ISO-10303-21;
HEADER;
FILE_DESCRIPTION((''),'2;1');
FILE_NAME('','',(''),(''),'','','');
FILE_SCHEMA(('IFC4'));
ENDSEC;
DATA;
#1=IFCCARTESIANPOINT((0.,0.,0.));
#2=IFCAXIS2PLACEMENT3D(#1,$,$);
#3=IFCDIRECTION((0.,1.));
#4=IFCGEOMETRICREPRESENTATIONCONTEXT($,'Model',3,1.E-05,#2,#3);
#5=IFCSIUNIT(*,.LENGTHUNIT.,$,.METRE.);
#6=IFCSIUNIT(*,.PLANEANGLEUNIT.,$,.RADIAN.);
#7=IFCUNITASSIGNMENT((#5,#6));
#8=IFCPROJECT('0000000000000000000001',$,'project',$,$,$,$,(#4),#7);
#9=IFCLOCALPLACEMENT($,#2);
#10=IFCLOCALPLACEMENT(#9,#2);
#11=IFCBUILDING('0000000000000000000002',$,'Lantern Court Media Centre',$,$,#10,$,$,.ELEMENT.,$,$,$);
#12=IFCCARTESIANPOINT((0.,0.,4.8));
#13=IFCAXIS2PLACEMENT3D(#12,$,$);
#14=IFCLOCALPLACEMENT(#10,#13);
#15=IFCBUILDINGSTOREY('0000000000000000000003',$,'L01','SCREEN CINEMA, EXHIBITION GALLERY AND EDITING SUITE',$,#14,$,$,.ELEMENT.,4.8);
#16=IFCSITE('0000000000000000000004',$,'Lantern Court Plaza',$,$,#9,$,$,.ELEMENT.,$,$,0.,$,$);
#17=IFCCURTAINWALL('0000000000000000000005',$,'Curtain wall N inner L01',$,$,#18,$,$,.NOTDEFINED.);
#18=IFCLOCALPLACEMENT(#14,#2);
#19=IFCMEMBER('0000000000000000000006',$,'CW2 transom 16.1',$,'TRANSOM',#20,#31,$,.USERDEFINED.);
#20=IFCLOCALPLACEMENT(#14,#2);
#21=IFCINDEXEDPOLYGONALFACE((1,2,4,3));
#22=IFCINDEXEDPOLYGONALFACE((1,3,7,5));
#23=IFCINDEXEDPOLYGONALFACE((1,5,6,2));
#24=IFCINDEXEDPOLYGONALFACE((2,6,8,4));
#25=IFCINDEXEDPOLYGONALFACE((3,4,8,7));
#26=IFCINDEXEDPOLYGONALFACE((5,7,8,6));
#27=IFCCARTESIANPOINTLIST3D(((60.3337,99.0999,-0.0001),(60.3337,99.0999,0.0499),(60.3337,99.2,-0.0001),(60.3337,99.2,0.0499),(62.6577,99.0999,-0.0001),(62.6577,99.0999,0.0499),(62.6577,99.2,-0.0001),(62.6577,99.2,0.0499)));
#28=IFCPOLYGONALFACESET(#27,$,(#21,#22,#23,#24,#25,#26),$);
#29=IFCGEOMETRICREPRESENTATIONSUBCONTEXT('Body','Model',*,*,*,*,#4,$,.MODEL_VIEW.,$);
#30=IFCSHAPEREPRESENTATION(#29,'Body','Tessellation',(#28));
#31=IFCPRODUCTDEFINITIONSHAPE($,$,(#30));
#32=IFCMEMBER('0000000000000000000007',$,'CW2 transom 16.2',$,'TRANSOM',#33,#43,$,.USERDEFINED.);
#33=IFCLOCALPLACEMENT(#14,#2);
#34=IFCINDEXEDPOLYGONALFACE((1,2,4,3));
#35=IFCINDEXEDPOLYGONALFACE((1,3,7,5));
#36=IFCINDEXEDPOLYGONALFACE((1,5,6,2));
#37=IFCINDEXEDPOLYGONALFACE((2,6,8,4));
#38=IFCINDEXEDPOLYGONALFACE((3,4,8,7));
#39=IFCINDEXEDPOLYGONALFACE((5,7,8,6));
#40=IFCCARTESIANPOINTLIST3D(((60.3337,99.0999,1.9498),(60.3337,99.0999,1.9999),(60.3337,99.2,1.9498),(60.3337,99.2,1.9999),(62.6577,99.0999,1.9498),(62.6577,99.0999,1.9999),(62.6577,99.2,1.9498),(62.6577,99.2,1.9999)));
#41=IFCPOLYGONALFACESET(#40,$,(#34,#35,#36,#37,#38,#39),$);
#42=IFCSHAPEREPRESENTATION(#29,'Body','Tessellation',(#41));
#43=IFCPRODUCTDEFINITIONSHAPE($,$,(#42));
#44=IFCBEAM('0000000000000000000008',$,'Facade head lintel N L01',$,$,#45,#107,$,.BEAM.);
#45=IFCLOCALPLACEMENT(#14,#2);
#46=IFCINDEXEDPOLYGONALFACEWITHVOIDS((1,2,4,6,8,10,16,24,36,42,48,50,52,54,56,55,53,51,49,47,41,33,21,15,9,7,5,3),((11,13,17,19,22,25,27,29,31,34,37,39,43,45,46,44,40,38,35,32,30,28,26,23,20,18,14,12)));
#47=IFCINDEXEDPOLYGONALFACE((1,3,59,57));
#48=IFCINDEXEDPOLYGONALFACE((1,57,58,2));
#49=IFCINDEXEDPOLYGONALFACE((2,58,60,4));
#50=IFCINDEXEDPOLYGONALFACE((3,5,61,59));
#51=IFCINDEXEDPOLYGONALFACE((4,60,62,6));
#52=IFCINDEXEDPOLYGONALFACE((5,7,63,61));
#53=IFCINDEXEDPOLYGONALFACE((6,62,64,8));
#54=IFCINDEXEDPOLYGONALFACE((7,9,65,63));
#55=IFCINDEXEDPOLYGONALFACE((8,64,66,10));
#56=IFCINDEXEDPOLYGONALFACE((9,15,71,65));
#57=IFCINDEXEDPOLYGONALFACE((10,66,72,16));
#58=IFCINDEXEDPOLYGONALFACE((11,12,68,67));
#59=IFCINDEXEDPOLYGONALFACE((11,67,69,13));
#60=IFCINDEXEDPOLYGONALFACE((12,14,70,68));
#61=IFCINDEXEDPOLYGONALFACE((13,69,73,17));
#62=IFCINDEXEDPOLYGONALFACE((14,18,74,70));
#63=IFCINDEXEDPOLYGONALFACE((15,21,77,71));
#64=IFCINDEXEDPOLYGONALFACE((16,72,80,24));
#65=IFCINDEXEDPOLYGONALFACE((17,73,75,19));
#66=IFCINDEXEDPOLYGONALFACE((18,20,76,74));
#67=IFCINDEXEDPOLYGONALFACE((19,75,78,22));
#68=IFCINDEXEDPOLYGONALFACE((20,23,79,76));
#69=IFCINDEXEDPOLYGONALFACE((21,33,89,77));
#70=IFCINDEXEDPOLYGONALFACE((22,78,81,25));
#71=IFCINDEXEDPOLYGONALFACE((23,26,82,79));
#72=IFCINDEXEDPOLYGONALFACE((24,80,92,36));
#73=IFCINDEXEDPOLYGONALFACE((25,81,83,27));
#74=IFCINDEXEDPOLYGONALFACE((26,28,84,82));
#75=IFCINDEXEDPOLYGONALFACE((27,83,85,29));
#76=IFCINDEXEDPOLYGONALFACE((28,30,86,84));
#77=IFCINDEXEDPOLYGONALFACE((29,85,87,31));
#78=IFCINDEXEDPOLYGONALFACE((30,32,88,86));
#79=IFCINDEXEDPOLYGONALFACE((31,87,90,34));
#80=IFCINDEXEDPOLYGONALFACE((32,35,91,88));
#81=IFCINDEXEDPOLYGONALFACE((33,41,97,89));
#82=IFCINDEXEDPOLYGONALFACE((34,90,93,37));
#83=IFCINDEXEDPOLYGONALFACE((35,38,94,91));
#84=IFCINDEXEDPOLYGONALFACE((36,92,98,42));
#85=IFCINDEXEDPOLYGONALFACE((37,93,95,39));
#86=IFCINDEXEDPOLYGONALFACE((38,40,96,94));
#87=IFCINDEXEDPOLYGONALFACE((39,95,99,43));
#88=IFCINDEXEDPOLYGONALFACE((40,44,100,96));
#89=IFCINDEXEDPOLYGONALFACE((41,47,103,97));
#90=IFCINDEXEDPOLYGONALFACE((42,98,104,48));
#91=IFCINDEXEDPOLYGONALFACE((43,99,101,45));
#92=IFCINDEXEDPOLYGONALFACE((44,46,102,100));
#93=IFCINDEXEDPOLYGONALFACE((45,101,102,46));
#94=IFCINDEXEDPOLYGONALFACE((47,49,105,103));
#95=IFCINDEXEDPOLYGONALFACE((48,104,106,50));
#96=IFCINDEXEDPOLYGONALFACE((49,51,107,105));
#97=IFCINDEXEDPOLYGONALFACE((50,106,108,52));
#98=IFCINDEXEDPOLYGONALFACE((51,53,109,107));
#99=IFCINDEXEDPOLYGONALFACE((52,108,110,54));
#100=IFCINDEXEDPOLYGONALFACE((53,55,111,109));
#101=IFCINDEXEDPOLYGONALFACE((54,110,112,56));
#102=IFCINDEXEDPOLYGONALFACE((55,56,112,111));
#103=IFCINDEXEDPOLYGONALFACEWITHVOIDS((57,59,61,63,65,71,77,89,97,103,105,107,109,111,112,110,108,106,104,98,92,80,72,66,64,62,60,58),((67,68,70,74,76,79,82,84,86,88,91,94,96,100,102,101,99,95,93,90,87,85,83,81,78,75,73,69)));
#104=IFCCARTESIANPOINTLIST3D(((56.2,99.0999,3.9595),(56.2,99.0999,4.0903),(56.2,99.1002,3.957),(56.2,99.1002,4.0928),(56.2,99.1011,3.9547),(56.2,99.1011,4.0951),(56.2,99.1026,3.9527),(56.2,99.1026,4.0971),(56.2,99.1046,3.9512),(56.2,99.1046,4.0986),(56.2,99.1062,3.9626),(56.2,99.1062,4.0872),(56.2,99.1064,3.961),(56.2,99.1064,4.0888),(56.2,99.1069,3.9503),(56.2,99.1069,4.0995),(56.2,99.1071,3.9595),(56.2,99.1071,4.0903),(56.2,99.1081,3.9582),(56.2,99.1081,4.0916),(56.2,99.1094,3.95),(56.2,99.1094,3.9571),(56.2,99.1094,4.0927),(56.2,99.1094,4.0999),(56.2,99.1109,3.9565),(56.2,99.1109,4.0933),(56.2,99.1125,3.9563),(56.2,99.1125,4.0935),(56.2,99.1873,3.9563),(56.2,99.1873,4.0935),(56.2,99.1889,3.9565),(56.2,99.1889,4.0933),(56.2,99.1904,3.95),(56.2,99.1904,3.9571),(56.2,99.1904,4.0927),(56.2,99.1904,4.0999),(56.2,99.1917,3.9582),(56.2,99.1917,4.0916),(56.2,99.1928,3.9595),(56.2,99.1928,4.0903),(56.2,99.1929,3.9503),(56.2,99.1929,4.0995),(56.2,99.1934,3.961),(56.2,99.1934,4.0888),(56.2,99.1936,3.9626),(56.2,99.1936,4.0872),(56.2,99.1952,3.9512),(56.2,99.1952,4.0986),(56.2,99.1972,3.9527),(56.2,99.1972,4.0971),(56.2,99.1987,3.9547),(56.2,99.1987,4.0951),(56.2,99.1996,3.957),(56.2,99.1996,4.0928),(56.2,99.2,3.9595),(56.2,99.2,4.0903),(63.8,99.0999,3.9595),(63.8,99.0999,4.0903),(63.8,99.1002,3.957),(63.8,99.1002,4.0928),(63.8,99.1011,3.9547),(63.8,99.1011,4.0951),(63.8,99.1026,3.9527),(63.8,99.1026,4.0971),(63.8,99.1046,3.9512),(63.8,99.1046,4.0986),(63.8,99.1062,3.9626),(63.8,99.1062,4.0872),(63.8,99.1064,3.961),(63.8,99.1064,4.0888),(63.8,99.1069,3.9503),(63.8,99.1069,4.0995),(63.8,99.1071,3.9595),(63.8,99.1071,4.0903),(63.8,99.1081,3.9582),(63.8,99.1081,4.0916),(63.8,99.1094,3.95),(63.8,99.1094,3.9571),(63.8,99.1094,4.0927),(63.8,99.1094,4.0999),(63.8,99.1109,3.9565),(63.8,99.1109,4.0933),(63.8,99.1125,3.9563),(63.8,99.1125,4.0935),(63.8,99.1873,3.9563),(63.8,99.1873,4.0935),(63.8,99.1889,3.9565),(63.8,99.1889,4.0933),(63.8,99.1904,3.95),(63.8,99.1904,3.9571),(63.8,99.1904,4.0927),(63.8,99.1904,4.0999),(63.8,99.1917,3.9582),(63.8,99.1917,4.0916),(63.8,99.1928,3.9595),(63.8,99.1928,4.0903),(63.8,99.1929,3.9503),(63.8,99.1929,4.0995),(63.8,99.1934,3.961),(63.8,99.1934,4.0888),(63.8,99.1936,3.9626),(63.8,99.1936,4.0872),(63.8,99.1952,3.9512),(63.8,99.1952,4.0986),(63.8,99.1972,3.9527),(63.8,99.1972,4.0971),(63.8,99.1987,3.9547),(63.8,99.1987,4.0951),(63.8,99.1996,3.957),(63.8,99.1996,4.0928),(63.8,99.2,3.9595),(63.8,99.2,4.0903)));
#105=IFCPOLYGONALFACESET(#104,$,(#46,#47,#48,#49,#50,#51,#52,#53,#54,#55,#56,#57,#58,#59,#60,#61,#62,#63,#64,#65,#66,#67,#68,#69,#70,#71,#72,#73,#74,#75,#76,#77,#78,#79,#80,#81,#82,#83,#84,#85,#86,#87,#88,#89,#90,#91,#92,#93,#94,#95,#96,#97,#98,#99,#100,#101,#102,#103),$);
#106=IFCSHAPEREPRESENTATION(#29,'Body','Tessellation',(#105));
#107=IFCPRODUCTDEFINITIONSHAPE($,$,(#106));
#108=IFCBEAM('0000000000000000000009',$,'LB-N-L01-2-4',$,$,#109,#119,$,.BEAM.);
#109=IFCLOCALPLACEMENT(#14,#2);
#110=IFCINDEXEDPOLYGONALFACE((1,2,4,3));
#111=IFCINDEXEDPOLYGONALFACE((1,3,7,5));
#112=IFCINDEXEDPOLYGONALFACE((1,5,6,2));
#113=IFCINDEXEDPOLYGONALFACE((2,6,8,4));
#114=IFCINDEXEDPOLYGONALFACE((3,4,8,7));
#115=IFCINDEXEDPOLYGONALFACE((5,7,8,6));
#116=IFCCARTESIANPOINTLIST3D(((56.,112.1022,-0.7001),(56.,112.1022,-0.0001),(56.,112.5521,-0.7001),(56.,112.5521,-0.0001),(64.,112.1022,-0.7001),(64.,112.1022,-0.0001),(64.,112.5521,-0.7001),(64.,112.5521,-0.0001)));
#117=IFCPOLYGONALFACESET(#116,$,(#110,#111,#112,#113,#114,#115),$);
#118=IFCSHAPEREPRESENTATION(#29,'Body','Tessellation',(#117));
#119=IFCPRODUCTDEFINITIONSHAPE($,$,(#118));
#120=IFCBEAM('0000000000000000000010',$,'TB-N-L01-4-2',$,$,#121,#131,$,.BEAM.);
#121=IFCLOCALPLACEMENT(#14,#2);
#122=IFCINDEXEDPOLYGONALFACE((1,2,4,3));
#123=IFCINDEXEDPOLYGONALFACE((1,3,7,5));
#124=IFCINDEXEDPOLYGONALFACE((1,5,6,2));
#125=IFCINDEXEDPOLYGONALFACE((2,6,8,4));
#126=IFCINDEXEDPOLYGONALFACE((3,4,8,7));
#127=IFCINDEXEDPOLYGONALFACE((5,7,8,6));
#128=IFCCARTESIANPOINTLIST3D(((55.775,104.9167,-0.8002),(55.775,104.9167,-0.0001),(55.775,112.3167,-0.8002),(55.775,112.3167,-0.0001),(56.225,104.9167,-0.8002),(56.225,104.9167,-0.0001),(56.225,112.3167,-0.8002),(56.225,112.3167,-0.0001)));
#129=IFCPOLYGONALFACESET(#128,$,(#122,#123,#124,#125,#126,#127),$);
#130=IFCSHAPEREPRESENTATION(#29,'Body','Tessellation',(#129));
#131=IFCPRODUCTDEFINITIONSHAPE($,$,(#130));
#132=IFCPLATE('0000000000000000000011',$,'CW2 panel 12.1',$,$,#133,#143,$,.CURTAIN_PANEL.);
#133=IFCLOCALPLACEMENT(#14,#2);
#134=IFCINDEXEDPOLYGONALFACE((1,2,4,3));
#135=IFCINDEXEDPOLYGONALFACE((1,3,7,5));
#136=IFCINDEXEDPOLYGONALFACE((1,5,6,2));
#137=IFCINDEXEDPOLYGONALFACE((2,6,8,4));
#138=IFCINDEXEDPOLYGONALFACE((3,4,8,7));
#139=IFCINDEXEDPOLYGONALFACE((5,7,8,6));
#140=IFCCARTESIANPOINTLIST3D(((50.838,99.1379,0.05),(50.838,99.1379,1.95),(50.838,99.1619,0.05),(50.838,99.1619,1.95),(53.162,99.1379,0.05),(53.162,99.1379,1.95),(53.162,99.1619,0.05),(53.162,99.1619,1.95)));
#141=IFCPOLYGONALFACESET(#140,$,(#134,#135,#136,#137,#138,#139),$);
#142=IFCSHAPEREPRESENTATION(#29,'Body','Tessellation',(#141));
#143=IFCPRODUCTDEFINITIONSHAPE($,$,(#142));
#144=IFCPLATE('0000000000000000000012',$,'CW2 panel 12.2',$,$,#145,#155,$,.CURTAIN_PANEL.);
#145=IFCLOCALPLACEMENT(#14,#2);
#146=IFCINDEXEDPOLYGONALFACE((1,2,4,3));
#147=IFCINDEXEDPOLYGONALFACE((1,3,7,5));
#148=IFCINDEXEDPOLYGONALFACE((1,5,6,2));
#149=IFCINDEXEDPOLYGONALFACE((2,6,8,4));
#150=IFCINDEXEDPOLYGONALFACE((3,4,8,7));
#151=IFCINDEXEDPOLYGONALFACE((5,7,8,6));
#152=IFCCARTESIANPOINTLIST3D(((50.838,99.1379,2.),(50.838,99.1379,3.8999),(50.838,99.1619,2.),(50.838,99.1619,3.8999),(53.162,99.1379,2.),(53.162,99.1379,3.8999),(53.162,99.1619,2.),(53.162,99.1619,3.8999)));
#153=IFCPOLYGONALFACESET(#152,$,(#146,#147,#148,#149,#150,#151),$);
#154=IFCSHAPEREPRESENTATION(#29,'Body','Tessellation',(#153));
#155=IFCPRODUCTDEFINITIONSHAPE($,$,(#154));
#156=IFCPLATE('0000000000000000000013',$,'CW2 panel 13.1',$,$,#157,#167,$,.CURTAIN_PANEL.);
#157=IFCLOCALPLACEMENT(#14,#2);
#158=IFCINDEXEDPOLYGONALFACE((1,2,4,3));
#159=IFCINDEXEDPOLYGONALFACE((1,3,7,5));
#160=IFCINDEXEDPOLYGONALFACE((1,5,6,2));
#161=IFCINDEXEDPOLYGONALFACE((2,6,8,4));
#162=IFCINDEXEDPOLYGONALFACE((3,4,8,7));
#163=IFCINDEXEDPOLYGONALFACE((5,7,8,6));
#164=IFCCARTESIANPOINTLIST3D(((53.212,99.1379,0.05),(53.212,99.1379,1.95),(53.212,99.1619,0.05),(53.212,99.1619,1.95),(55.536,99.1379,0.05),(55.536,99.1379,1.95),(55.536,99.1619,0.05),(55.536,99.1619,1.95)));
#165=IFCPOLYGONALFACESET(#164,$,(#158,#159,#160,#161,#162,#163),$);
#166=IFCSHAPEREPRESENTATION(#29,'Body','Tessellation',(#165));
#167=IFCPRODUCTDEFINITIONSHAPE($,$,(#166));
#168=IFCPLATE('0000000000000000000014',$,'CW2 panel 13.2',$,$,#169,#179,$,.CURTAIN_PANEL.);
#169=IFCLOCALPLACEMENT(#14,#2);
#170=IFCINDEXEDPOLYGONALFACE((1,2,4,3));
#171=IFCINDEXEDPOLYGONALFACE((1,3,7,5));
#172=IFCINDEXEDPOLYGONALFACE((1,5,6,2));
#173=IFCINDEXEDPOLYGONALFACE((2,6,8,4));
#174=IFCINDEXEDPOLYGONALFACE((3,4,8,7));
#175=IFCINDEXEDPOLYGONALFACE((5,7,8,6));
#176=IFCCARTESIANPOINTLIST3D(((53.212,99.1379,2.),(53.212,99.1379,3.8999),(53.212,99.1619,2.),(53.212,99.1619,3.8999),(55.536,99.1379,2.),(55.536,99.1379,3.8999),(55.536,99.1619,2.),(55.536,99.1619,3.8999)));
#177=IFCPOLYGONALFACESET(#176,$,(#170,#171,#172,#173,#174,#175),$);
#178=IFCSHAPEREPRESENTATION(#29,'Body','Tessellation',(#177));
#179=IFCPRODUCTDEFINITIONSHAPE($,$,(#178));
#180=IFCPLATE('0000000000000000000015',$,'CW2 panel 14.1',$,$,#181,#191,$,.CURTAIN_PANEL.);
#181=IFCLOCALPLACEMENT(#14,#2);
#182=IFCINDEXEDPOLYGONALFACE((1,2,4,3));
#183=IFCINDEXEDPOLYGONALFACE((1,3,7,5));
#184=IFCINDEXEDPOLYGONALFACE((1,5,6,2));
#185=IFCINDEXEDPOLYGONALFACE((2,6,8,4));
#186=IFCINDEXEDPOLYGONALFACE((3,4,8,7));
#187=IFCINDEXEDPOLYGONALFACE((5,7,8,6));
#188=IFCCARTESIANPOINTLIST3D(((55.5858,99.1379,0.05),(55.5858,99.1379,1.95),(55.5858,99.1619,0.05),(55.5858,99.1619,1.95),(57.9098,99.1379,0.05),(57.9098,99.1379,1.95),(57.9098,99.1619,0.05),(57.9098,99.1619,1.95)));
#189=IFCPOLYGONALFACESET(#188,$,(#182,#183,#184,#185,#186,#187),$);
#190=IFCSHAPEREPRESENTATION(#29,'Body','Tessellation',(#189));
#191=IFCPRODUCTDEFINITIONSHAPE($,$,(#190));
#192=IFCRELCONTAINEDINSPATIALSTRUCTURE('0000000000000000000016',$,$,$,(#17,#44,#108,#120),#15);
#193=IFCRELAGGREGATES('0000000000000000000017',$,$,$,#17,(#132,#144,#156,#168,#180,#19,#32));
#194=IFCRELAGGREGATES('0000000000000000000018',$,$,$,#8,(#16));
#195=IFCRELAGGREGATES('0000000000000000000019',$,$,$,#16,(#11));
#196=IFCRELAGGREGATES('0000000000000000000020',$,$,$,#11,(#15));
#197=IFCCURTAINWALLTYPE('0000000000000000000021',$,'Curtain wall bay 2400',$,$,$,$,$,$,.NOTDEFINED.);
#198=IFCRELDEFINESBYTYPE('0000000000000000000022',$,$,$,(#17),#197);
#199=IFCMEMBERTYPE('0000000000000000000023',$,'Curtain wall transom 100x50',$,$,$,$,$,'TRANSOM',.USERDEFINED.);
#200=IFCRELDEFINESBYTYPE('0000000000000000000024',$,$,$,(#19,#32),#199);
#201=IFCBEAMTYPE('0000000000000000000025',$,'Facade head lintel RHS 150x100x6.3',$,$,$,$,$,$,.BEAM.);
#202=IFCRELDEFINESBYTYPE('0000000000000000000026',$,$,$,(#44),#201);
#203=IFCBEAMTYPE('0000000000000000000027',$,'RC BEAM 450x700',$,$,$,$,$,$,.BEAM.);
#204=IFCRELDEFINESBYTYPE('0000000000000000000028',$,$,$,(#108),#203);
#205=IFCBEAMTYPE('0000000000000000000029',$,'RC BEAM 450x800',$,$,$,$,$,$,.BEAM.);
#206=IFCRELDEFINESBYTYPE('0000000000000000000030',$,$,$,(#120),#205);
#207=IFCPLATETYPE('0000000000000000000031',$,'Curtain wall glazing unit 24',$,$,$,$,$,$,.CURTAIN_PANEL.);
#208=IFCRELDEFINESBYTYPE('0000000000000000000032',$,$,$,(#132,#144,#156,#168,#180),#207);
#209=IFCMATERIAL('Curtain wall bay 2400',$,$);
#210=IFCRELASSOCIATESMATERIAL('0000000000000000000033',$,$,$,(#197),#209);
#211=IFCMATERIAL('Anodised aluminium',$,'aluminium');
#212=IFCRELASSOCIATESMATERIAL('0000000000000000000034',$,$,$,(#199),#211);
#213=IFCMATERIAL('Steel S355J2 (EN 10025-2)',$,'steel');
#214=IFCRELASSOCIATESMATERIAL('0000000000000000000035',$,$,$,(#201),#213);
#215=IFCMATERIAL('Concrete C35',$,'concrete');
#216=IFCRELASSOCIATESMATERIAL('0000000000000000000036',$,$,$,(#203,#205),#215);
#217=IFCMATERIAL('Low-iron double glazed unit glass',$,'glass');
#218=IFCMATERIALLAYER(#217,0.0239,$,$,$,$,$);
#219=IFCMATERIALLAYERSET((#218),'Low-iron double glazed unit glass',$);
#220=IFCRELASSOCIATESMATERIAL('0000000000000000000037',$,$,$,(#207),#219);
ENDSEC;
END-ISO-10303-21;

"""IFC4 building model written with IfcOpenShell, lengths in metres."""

from ifc_helpers import new_model, si_unit, direction, frame, origin, origin_2d, place, context, subcontext, project, spatial, rectangle, hollow_rectangle, extrude, material, layer, layer_set, material_profile, profile_set, type_object, element, aggregate, save


model = new_model("IFC4")

# Units and contexts
model_context = context("Model", 3, precision=1e-05, world=origin(), true_north=direction((0.0, 1.0)))
body_context = subcontext(model_context, "Body", "Model", "MODEL_VIEW")
ifc_project = project(units=[si_unit("LENGTHUNIT", "METRE"), si_unit("PLANEANGLEUNIT", "RADIAN")], contexts=[model_context])

# Site, building, storey
site_placement = place(None, origin())
site = spatial("IfcSite", under=ifc_project, at=site_placement, Name="Lantern Court Plaza", CompositionType="ELEMENT", RefElevation=0.0)
building_placement = place(site_placement, origin())
building = spatial("IfcBuilding", under=site, at=building_placement, Name="Lantern Court Media Centre", CompositionType="ELEMENT")
storey_placement = place(building_placement, frame((0.0, 0.0, 4.8)))
storey = spatial("IfcBuildingStorey", under=building, at=storey_placement, Name="L01", Description="SCREEN CINEMA, EXHIBITION GALLERY AND EDITING SUITE", CompositionType="ELEMENT", Elevation=4.8)

# Shared definitions
ifc_material_1 = material(Name="Concrete C35", Category="concrete")

# Curtain wall, members
ifc_material_2 = material(Name="Curtain wall bay 2400")
curtain_wall_type = type_object("IfcCurtainWallType", Name="Curtain wall bay 2400", PredefinedType="NOTDEFINED", material=ifc_material_2)
curtain_wall_placement = place(storey_placement, origin())
curtain_wall = element("IfcCurtainWall", 1, at=curtain_wall_placement, inside=storey, type_object=curtain_wall_type, Name="Curtain wall N inner L01", PredefinedType="NOTDEFINED")
ifc_material_3 = material(Name="Anodised aluminium", Category="aluminium")
ifc_material_profile_1 = material_profile(ifc_material_3, rectangle(XDim=0.1001, YDim=0.05, at=origin_2d()), Name="AL 50x100")
ifc_profile_set_1 = profile_set([ifc_material_profile_1], Name="Anodised aluminium")
member_type_1 = type_object("IfcMemberType", Name="Curtain wall transom 100x50", ElementType="TRANSOM", PredefinedType="USERDEFINED", material=ifc_profile_set_1)
member_1_placement = place(storey_placement, frame((60.3337, 99.1499, 0.0249), z_axis=(1.0, 0.0, 0.0), x_axis=(0.0, 1.0, 0.0)))
member_1 = element("IfcMember", 2, at=member_1_placement, type_object=member_type_1, Name="CW2 transom 16.1", ObjectType="TRANSOM", PredefinedType="USERDEFINED", context=body_context, shape_type="SweptSolid", body=[
    extrude(rectangle(XDim=0.1001, YDim=0.05, at=origin_2d()), origin(), (0.0, 0.0, 1.0), 2.324),
])
member_2_placement = place(storey_placement, frame((60.3337, 99.1499, 1.9749), z_axis=(1.0, 0.0, 0.0), x_axis=(0.0, 1.0, 0.0)))
member_2 = element("IfcMember", 3, at=member_2_placement, type_object=member_type_1, Name="CW2 transom 16.2", ObjectType="TRANSOM", PredefinedType="USERDEFINED", context=body_context, shape_type="SweptSolid", body=[
    extrude(rectangle(XDim=0.1001, YDim=0.05, at=origin_2d()), origin(), (0.0, 0.0, 1.0), 2.324),
])

# Beams
ifc_material_4 = material(Name="Steel S355J2 (EN 10025-2)", Category="steel")
ifc_material_profile_2 = material_profile(ifc_material_4, hollow_rectangle(XDim=0.1001, YDim=0.1499, WallThickness=0.0063, InnerFilletRadius=0.0063, OuterFilletRadius=0.0095, at=origin_2d()), Name="Facade head lintel RHS 150x100x6.3")
ifc_profile_set_2 = profile_set([ifc_material_profile_2], Name="Steel S355J2 (EN 10025-2)")
beam_type_1 = type_object("IfcBeamType", Name="Facade head lintel RHS 150x100x6.3", PredefinedType="BEAM", material=ifc_profile_set_2)
beam_1_placement = place(storey_placement, frame((56.2, 99.1499, 4.0249), z_axis=(1.0, 0.0, 0.0), x_axis=(0.0, 1.0, 0.0)))
element("IfcBeam", 4, at=beam_1_placement, inside=storey, type_object=beam_type_1, Name="Facade head lintel N L01", PredefinedType="BEAM", context=body_context, shape_type="SweptSolid", body=[
    extrude(hollow_rectangle(XDim=0.1001, YDim=0.1499, WallThickness=0.0063, InnerFilletRadius=0.0063, OuterFilletRadius=0.0095, at=origin_2d()), origin(), (0.0, 0.0, 1.0), 7.6001),
])
ifc_material_profile_3 = material_profile(ifc_material_1, rectangle(XDim=0.45, YDim=0.7, at=origin_2d()), Name="RC 450x700")
ifc_profile_set_3 = profile_set([ifc_material_profile_3], Name="Concrete C35")
beam_type_2 = type_object("IfcBeamType", Name="RC BEAM 450x700", PredefinedType="BEAM", material=ifc_profile_set_3)
beam_2_placement = place(storey_placement, frame((56.0, 112.3271, -0.3501), z_axis=(1.0, 0.0, 0.0), x_axis=(0.0, 1.0, 0.0)))
element("IfcBeam", 5, at=beam_2_placement, inside=storey, type_object=beam_type_2, Name="LB-N-L01-2-4", PredefinedType="BEAM", context=body_context, shape_type="SweptSolid", body=[
    extrude(rectangle(XDim=0.45, YDim=0.7, at=origin_2d()), origin(), (0.0, 0.0, 1.0), 8.0),
])
ifc_material_profile_4 = material_profile(ifc_material_1, rectangle(XDim=0.45, YDim=0.8, at=origin_2d()), Name="RC 450x800")
ifc_profile_set_4 = profile_set([ifc_material_profile_4], Name="Concrete C35")
beam_type_3 = type_object("IfcBeamType", Name="RC BEAM 450x800", PredefinedType="BEAM", material=ifc_profile_set_4)
beam_3_placement = place(storey_placement, frame((56.0, 104.9167, -0.4001), z_axis=(0.0, 1.0, 0.0), x_axis=(-1.0, 0.0, 0.0)))
element("IfcBeam", 6, at=beam_3_placement, inside=storey, type_object=beam_type_3, Name="TB-N-L01-4-2", PredefinedType="BEAM", context=body_context, shape_type="SweptSolid", body=[
    extrude(rectangle(XDim=0.45, YDim=0.8, at=origin_2d()), origin(), (0.0, 0.0, 1.0), 7.3999),
])

# Plates
ifc_material_5 = material(Name="Low-iron double glazed unit glass", Category="glass")
ifc_layer_1 = layer(ifc_material_5, 0.0239)
ifc_layer_set_1 = layer_set([ifc_layer_1], Name="Low-iron double glazed unit glass")
plate_type = type_object("IfcPlateType", Name="Curtain wall glazing unit 24", PredefinedType="CURTAIN_PANEL", material=ifc_layer_set_1)
plate_1_placement = place(storey_placement, frame((52.0, 99.1499, 0.05), z_axis=(0.0, 0.0, 1.0), x_axis=(1.0, 0.0, 0.0)))
plate_1 = element("IfcPlate", 7, at=plate_1_placement, type_object=plate_type, Name="CW2 panel 12.1", PredefinedType="CURTAIN_PANEL", context=body_context, shape_type="SweptSolid", body=[
    extrude(rectangle(XDim=2.324, YDim=0.0239, at=origin_2d()), origin(), (0.0, 0.0, 1.0), 1.8999),
])
plate_2_placement = place(storey_placement, frame((52.0, 99.1499, 2.0), z_axis=(0.0, 0.0, 1.0), x_axis=(1.0, 0.0, 0.0)))
plate_2 = element("IfcPlate", 8, at=plate_2_placement, type_object=plate_type, Name="CW2 panel 12.2", PredefinedType="CURTAIN_PANEL", context=body_context, shape_type="SweptSolid", body=[
    extrude(rectangle(XDim=2.324, YDim=0.0239, at=origin_2d()), origin(), (0.0, 0.0, 1.0), 1.8999),
])
plate_3_placement = place(storey_placement, frame((54.374, 99.1499, 0.05), z_axis=(0.0, 0.0, 1.0), x_axis=(1.0, 0.0, 0.0)))
plate_3 = element("IfcPlate", 9, at=plate_3_placement, type_object=plate_type, Name="CW2 panel 13.1", PredefinedType="CURTAIN_PANEL", context=body_context, shape_type="SweptSolid", body=[
    extrude(rectangle(XDim=2.324, YDim=0.0239, at=origin_2d()), origin(), (0.0, 0.0, 1.0), 1.8999),
])
plate_4_placement = place(storey_placement, frame((54.374, 99.1499, 2.0), z_axis=(0.0, 0.0, 1.0), x_axis=(1.0, 0.0, 0.0)))
plate_4 = element("IfcPlate", 10, at=plate_4_placement, type_object=plate_type, Name="CW2 panel 13.2", PredefinedType="CURTAIN_PANEL", context=body_context, shape_type="SweptSolid", body=[
    extrude(rectangle(XDim=2.324, YDim=0.0239, at=origin_2d()), origin(), (0.0, 0.0, 1.0), 1.8999),
])
plate_5_placement = place(storey_placement, frame((56.7478, 99.1499, 0.05), z_axis=(0.0, 0.0, 1.0), x_axis=(1.0, 0.0, 0.0)))
plate_5 = element("IfcPlate", 11, at=plate_5_placement, type_object=plate_type, Name="CW2 panel 14.1", PredefinedType="CURTAIN_PANEL", context=body_context, shape_type="SweptSolid", body=[
    extrude(rectangle(XDim=2.324, YDim=0.0239, at=origin_2d()), origin(), (0.0, 0.0, 1.0), 1.8999),
])
aggregate(curtain_wall, [plate_1, plate_2, plate_3, plate_4, plate_5, member_1, member_2])

save(model, "model.ifc")
